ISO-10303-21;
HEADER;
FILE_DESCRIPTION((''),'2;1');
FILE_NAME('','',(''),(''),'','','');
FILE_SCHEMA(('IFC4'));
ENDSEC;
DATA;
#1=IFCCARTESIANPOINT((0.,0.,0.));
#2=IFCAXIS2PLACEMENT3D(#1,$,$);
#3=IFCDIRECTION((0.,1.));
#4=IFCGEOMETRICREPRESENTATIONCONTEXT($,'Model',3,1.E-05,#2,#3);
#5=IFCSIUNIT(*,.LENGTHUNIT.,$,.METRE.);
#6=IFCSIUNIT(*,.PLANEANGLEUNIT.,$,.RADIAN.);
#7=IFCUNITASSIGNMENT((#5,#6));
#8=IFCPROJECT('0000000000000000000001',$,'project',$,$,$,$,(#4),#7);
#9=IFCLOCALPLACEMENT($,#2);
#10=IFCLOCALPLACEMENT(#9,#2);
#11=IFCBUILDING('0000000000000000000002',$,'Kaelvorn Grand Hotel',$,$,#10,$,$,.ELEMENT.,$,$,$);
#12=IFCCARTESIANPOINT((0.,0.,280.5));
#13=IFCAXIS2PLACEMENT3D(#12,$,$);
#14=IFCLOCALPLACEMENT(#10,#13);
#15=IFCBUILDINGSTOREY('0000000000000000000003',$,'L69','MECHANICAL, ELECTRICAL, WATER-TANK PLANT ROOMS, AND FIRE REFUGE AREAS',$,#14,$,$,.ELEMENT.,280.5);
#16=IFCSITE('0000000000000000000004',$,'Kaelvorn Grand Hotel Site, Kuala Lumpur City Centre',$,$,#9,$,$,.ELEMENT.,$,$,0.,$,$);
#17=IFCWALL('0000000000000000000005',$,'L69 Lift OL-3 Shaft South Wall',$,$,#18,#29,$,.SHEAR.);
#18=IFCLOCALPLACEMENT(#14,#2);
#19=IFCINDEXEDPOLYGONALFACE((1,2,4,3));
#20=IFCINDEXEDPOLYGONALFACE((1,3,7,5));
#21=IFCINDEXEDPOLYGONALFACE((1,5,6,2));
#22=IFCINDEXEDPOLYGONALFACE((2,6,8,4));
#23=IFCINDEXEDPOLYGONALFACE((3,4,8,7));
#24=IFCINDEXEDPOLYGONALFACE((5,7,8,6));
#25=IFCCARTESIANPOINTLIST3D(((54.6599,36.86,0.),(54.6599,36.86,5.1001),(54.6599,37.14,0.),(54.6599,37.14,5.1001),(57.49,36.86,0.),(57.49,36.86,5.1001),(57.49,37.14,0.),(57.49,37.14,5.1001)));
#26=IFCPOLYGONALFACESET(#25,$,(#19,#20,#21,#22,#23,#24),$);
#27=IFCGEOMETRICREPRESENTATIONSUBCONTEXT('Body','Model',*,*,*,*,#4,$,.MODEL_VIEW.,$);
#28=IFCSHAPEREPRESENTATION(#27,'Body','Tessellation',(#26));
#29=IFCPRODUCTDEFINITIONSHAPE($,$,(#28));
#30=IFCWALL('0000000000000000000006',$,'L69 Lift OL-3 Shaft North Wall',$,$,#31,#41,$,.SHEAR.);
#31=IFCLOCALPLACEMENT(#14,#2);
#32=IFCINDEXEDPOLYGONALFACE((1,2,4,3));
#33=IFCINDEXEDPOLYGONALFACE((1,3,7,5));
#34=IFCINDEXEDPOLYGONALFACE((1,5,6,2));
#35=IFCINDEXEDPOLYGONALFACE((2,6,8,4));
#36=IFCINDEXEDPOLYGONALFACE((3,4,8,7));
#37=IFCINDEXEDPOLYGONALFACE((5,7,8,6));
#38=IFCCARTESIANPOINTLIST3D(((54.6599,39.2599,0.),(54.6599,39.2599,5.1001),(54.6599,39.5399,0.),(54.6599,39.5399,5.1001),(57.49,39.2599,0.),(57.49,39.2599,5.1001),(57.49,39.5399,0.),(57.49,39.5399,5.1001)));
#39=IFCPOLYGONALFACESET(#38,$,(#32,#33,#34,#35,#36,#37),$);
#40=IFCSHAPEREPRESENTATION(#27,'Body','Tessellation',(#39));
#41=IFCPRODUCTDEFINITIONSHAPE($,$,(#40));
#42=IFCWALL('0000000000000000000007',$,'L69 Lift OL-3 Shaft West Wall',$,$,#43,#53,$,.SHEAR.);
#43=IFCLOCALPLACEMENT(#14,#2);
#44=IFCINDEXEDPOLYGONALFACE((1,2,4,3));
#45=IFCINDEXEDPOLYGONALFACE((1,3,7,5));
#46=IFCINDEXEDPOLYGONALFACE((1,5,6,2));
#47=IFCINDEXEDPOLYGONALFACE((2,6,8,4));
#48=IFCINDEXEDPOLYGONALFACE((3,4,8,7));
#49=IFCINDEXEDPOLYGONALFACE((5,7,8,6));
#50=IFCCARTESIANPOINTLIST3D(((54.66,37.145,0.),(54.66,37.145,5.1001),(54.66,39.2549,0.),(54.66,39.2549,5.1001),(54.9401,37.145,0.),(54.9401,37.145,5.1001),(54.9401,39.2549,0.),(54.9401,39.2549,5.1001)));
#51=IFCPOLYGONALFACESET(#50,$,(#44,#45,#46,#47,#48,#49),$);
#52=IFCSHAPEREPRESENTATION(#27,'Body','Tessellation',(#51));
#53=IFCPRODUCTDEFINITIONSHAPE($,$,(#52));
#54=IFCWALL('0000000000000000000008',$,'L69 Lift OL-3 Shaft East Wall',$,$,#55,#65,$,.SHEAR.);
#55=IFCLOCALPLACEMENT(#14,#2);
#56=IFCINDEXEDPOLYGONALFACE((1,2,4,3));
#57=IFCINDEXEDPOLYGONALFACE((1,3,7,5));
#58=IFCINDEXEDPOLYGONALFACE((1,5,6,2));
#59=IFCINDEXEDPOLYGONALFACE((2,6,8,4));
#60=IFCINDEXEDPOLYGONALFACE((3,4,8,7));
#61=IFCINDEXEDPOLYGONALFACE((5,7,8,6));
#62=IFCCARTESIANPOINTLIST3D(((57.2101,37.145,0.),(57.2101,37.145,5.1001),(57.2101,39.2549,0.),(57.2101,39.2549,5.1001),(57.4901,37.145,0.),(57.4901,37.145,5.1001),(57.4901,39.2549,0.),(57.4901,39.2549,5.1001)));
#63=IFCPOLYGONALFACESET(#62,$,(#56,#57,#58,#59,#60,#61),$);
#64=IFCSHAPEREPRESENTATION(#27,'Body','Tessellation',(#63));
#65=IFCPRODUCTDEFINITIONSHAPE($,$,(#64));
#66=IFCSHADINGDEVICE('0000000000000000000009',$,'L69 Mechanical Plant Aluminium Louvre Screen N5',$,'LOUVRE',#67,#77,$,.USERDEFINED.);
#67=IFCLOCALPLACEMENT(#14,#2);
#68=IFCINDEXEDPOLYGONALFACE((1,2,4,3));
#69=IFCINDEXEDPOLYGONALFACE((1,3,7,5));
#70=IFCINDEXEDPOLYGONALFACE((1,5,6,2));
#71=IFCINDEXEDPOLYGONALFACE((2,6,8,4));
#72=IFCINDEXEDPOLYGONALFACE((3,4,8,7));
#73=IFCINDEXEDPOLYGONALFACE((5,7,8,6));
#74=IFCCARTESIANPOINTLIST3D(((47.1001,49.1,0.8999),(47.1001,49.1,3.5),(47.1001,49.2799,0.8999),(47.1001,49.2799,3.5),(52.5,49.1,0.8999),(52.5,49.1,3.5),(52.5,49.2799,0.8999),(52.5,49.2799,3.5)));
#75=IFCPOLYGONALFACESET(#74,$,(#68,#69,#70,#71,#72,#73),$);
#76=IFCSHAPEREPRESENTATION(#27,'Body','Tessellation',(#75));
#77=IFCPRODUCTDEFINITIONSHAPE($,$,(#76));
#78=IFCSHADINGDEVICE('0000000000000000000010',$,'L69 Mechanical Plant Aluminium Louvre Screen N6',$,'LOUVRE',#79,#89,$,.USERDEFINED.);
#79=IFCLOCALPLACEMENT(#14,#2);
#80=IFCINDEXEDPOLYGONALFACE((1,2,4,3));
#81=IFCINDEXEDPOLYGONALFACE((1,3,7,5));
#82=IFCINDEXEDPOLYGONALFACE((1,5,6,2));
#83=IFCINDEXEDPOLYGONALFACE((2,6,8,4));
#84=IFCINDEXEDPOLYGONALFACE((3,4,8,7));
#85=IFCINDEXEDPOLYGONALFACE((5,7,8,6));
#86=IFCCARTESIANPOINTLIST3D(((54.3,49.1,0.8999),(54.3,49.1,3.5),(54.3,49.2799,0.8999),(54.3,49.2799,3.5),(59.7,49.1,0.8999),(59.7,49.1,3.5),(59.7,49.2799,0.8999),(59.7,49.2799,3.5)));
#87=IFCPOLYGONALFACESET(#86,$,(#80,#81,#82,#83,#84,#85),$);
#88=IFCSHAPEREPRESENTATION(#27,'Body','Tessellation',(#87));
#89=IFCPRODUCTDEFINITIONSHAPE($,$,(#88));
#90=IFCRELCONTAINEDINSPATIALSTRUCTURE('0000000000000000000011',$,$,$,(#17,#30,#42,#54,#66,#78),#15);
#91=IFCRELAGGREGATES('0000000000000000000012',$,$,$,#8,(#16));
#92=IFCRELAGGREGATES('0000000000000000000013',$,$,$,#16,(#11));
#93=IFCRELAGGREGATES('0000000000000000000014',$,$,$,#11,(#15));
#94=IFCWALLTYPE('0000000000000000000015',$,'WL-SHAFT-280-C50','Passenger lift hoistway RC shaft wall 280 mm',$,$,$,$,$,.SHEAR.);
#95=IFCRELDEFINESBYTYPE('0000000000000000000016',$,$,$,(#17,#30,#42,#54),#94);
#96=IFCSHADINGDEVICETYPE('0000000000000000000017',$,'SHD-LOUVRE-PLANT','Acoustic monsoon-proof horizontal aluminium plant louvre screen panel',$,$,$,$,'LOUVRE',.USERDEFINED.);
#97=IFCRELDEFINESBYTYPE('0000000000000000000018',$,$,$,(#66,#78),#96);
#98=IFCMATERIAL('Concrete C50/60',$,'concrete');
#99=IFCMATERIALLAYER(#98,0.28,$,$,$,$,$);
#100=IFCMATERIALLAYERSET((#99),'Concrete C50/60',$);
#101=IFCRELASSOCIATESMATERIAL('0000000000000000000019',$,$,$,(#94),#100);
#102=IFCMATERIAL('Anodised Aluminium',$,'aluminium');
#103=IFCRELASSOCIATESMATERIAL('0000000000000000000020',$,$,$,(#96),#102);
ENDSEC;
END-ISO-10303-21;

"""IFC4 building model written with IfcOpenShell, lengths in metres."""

from ifc_helpers import new_model, si_unit, direction, frame, frame_2d, origin, origin_2d, place, context, subcontext, project, spatial, rectangle, extrude, material, layer, layer_set, type_object, element, save


model = new_model("IFC4")

# Units and contexts
model_context = context("Model", 3, precision=1e-05, world=origin(), true_north=direction((0.0, 1.0)))
body_context = subcontext(model_context, "Body", "Model", "MODEL_VIEW")
ifc_project = project(units=[si_unit("LENGTHUNIT", "METRE"), si_unit("PLANEANGLEUNIT", "RADIAN")], contexts=[model_context])

# Site, building, storey
site_placement = place(None, origin())
site = spatial("IfcSite", under=ifc_project, at=site_placement, Name="Kaelvorn Grand Hotel Site, Kuala Lumpur City Centre", CompositionType="ELEMENT", RefElevation=0.0)
building_placement = place(site_placement, origin())
building = spatial("IfcBuilding", under=site, at=building_placement, Name="Kaelvorn Grand Hotel", CompositionType="ELEMENT")
storey_placement = place(building_placement, frame((0.0, 0.0, 280.5)))
storey = spatial("IfcBuildingStorey", under=building, at=storey_placement, Name="L69", Description="MECHANICAL, ELECTRICAL, WATER-TANK PLANT ROOMS, AND FIRE REFUGE AREAS", CompositionType="ELEMENT", Elevation=280.5)

# Shared definitions
ifc_material_1 = material(Name="Concrete C50/60", Category="concrete")

# Walls
ifc_layer_1 = layer(ifc_material_1, 0.28)
ifc_layer_set_1 = layer_set([ifc_layer_1], Name="Concrete C50/60")
wall_type_1 = type_object("IfcWallType", Name="WL-SHAFT-280-C50", Description="Passenger lift hoistway RC shaft wall 280 mm", PredefinedType="SHEAR", material=ifc_layer_set_1)
for number, where, z_axis, x_axis, name in (
    (1, (54.6599, 37.0, 0.0), (0.0, 0.0, 1.0), (1.0, 0.0, 0.0), "L69 Lift OL-3 Shaft South Wall"),
    (2, (54.6599, 39.3999, 0.0), (0.0, 0.0, 1.0), (1.0, 0.0, 0.0), "L69 Lift OL-3 Shaft North Wall"),
):
    element("IfcWall", number, at=place(storey_placement, frame(where, z_axis=z_axis, x_axis=x_axis)), inside=storey, type_object=wall_type_1, Name=name, PredefinedType="SHEAR", context=body_context, shape_type="SweptSolid", body=[
        extrude(rectangle(XDim=2.8301, YDim=0.28, at=frame_2d((1.415, 0.0))), origin(), (0.0, 0.0, 1.0), 5.1001),
    ])
for number, where, z_axis, x_axis, name in (
    (3, (54.8, 37.145, 0.0), (0.0, 0.0, 1.0), (0.0, 1.0, 0.0), "L69 Lift OL-3 Shaft West Wall"),
    (4, (57.3501, 37.145, 0.0), (0.0, 0.0, 1.0), (0.0, 1.0, 0.0), "L69 Lift OL-3 Shaft East Wall"),
):
    element("IfcWall", number, at=place(storey_placement, frame(where, z_axis=z_axis, x_axis=x_axis)), inside=storey, type_object=wall_type_1, Name=name, PredefinedType="SHEAR", context=body_context, shape_type="SweptSolid", body=[
        extrude(rectangle(XDim=2.1099, YDim=0.28, at=frame_2d((1.0549, 0.0))), origin(), (0.0, 0.0, 1.0), 5.1001),
    ])

# Shading devices
ifc_material_2 = material(Name="Anodised Aluminium", Category="aluminium")
shading_device_type = type_object("IfcShadingDeviceType", Name="SHD-LOUVRE-PLANT", Description="Acoustic monsoon-proof horizontal aluminium plant louvre screen panel", ElementType="LOUVRE", PredefinedType="USERDEFINED", material=ifc_material_2)
for number, where, z_axis, x_axis, name in (
    (5, (49.8, 49.1899, 0.8999), (0.0, 0.0, 1.0), (1.0, 0.0, 0.0), "L69 Mechanical Plant Aluminium Louvre Screen N5"),
    (6, (57.0, 49.1899, 0.8999), (0.0, 0.0, 1.0), (1.0, 0.0, 0.0), "L69 Mechanical Plant Aluminium Louvre Screen N6"),
):
    element("IfcShadingDevice", number, at=place(storey_placement, frame(where, z_axis=z_axis, x_axis=x_axis)), inside=storey, type_object=shading_device_type, Name=name, ObjectType="LOUVRE", PredefinedType="USERDEFINED", context=body_context, shape_type="SweptSolid", body=[
        extrude(rectangle(XDim=5.3999, YDim=0.1799, at=origin_2d()), origin(), (0.0, 0.0, 1.0), 2.6001),
    ])

save(model, "model.ifc")
